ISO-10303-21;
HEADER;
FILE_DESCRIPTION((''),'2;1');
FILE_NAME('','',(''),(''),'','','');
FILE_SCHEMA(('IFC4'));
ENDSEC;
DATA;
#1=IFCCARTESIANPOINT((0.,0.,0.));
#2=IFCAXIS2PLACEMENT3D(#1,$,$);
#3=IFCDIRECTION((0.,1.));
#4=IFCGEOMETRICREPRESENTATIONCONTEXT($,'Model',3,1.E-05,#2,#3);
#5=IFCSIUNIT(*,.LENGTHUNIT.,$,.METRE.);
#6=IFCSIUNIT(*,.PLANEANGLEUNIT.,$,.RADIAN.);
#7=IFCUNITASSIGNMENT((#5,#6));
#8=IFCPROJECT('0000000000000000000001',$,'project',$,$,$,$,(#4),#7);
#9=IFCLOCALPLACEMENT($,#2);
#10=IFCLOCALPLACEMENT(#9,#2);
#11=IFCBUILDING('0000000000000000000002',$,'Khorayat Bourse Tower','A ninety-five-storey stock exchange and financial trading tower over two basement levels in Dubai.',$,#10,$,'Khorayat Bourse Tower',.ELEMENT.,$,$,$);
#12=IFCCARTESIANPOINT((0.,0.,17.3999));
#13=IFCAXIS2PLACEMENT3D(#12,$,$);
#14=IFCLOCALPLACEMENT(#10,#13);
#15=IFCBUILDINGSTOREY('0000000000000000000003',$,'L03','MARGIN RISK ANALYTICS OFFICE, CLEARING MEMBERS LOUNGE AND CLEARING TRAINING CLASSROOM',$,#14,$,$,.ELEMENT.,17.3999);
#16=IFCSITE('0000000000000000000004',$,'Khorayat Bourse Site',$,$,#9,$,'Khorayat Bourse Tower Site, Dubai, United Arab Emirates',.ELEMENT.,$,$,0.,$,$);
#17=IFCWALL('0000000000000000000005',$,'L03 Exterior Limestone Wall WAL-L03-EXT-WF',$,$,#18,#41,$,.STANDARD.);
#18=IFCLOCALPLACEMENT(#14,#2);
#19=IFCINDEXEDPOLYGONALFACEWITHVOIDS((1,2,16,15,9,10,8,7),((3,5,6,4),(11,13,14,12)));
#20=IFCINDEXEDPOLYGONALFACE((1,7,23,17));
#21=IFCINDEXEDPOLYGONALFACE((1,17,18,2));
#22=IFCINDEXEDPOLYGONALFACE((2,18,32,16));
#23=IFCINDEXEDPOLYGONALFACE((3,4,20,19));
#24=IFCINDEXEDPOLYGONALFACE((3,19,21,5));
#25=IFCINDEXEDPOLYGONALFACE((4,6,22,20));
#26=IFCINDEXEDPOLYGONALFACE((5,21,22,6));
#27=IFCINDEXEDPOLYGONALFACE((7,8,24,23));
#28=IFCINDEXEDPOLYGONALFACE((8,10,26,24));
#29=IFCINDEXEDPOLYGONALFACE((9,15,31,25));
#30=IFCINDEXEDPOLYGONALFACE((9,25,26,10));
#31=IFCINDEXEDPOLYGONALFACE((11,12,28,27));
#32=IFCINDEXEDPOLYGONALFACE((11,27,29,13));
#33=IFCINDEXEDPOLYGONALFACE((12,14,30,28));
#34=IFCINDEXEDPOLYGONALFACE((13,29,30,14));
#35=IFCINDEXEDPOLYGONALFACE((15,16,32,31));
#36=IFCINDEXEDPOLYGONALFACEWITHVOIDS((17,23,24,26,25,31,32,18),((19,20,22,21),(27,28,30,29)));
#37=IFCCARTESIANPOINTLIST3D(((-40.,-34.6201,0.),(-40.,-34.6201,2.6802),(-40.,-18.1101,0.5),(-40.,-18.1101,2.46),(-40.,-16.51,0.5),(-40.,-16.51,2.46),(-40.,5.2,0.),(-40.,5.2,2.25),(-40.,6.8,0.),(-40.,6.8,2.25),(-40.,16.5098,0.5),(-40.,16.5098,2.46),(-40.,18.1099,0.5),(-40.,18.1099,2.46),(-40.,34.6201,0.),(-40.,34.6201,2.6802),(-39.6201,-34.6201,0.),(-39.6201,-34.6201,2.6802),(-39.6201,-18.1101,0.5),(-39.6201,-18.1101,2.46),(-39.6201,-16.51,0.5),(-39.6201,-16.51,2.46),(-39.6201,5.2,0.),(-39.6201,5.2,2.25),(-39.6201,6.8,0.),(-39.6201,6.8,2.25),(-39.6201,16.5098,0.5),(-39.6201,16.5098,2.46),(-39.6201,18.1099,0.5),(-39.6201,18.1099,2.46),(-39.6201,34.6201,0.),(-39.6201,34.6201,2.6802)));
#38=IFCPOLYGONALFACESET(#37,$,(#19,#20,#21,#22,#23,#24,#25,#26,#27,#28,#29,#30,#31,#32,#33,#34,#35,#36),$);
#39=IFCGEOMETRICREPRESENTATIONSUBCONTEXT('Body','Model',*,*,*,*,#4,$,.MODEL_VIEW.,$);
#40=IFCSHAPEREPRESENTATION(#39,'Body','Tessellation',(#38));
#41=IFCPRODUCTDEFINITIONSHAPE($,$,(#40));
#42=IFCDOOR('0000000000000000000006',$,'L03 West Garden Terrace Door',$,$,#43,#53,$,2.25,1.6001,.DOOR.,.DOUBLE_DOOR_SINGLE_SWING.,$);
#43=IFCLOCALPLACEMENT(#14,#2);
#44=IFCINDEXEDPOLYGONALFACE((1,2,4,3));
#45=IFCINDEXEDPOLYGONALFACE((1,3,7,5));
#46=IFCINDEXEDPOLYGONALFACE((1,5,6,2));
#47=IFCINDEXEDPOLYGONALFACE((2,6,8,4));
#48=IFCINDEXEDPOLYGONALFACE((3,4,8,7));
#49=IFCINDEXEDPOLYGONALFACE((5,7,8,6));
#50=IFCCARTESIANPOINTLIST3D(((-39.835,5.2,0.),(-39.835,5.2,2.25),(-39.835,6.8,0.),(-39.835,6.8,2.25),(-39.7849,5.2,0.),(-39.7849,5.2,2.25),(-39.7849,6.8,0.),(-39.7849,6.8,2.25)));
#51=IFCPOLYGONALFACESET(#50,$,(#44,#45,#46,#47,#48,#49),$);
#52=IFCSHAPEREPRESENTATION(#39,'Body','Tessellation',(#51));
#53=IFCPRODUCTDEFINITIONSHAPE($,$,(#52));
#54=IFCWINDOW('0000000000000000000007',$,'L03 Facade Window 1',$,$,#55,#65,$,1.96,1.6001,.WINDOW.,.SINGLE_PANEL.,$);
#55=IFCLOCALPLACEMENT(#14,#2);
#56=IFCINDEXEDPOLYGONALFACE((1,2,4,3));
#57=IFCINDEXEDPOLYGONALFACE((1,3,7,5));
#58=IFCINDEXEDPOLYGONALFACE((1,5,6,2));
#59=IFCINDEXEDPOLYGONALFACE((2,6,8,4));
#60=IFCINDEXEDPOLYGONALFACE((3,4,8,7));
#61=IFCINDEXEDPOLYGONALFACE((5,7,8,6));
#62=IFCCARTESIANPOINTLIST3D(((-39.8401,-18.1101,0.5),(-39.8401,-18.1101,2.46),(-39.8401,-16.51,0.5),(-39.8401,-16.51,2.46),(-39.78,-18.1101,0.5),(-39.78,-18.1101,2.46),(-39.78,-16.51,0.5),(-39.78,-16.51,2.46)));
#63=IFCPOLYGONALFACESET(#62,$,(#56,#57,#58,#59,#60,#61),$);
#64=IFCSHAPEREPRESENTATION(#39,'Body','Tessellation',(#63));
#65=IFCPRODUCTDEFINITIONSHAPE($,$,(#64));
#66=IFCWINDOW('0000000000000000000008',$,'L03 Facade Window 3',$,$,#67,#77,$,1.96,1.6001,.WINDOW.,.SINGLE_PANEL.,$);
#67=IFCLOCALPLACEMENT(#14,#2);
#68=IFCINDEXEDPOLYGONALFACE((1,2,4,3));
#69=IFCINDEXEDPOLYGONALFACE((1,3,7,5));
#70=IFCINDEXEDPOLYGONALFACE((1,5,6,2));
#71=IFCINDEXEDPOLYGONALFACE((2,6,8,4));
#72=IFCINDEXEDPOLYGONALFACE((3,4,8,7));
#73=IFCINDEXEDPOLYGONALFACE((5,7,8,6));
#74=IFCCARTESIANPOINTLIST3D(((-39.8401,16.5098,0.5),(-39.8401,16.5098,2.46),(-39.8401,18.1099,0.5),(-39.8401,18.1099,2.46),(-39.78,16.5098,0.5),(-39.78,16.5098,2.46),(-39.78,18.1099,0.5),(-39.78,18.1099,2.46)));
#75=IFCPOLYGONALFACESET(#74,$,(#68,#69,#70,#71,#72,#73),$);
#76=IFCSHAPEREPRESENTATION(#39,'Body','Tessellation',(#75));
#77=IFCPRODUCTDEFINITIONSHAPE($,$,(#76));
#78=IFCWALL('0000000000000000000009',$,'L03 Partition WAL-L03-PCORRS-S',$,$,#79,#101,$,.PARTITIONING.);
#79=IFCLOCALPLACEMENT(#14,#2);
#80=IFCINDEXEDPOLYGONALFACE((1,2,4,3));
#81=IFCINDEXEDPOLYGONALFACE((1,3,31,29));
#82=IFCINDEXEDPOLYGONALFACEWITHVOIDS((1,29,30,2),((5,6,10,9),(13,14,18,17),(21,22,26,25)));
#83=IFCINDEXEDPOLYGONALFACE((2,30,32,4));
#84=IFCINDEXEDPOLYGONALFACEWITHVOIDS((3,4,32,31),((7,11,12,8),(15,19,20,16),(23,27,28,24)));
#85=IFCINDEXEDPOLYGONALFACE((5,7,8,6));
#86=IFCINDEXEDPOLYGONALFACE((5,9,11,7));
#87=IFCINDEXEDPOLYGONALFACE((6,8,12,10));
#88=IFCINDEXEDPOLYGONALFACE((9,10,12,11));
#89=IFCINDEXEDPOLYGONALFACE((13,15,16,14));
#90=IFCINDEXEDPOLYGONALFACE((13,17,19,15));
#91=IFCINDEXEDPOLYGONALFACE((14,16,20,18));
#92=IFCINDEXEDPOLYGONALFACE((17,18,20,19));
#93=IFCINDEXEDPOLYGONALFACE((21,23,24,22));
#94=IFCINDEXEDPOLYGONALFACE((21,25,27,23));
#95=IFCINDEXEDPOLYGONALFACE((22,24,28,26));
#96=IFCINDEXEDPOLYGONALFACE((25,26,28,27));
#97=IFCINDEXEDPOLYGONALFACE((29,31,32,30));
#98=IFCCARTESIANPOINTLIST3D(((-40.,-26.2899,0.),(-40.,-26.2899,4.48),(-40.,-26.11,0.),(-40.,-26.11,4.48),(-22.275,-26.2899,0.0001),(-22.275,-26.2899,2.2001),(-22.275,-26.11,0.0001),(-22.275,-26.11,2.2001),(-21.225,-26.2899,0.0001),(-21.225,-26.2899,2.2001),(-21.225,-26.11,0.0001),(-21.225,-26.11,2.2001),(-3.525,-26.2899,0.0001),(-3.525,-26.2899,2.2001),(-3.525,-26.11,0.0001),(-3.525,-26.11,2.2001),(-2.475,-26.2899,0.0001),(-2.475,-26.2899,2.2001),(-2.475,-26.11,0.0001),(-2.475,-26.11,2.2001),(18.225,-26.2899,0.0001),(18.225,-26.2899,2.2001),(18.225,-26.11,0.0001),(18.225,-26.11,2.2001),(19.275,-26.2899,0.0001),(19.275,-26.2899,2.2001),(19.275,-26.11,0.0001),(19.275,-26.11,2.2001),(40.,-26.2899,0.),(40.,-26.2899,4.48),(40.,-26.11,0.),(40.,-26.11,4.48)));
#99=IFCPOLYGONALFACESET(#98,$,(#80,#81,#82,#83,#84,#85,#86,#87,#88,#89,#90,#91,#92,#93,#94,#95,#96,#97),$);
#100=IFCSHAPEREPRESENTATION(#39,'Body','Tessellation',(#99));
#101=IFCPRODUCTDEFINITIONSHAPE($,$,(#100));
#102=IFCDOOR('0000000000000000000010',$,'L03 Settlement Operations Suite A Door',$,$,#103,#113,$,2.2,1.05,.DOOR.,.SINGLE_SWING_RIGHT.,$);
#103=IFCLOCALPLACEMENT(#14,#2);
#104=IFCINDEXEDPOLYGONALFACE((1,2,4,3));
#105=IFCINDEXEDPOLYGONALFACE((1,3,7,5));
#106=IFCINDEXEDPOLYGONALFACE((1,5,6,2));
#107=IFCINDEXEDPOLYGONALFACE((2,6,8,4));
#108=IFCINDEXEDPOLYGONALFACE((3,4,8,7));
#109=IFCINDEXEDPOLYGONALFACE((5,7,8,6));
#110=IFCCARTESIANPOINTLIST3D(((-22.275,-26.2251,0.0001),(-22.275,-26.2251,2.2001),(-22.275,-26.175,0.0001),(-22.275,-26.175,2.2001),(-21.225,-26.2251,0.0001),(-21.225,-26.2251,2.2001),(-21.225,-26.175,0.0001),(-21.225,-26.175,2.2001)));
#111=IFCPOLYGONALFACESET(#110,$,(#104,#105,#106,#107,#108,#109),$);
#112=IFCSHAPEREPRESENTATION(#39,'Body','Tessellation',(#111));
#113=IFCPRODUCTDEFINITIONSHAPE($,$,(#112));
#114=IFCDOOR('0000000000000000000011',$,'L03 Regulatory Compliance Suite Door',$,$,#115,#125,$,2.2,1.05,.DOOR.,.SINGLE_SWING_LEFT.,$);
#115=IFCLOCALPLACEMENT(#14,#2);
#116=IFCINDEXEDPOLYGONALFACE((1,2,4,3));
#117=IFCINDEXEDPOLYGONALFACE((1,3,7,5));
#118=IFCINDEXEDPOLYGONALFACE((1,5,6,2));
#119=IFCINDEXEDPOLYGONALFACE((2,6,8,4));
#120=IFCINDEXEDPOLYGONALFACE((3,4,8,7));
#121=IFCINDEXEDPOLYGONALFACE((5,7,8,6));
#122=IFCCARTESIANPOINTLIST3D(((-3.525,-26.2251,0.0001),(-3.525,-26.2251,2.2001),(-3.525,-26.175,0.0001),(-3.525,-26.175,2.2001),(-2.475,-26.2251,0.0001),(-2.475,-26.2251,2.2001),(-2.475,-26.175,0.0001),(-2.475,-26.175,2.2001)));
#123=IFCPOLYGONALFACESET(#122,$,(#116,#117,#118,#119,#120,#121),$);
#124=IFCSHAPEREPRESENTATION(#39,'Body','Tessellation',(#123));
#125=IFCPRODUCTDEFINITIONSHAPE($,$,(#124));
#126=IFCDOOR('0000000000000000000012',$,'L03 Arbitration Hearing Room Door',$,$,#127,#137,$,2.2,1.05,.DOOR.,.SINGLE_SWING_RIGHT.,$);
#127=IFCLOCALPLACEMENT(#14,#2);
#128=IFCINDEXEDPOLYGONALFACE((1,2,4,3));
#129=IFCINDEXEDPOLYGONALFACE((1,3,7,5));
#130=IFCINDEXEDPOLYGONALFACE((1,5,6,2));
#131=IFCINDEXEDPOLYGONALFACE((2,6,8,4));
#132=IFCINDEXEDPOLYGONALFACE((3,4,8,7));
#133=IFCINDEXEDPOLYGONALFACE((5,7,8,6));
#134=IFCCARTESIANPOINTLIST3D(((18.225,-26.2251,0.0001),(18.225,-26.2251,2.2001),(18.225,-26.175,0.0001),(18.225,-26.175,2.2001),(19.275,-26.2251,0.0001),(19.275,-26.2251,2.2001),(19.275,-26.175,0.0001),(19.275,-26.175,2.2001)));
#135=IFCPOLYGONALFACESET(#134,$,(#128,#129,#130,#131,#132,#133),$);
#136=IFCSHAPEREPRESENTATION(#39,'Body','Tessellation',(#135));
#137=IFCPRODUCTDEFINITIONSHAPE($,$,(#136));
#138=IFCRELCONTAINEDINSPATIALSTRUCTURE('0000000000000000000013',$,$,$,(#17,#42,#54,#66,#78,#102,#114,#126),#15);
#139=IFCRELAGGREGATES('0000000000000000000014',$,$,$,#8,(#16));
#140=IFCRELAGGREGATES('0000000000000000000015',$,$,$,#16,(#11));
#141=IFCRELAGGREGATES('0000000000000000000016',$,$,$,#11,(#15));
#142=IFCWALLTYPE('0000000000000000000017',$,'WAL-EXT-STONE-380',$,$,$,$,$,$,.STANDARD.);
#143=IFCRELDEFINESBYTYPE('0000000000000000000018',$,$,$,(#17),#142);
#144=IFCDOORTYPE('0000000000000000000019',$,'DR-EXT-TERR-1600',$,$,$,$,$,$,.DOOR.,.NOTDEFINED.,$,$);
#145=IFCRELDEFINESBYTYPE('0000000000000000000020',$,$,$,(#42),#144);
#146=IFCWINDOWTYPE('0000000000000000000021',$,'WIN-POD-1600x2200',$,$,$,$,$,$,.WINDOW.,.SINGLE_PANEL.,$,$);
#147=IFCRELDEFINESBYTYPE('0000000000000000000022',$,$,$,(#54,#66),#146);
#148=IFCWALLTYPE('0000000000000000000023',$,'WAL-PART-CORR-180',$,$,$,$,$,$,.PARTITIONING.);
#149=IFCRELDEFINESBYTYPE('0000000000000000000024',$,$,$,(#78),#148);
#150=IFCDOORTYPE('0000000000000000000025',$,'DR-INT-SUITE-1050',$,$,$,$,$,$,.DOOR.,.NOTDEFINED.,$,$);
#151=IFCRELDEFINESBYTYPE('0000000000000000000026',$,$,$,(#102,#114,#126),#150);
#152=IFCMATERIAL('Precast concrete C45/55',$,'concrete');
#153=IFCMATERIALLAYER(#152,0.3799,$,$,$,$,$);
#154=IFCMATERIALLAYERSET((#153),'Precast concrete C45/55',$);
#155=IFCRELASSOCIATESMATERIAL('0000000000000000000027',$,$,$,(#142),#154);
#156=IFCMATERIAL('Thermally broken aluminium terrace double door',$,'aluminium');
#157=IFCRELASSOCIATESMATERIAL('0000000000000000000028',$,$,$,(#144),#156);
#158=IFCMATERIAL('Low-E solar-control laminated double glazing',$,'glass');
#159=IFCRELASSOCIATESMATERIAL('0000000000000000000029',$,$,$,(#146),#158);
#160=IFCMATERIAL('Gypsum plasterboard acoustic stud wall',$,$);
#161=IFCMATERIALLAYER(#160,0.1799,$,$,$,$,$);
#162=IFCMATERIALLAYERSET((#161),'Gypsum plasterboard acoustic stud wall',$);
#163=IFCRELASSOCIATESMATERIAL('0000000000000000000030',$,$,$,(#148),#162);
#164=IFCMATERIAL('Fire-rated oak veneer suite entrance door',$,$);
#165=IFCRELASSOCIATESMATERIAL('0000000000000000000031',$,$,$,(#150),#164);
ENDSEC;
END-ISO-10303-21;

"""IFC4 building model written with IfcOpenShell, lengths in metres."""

from ifc_helpers import new_model, si_unit, direction, frame, frame_2d, origin, place, context, subcontext, project, spatial, rectangle, extrude, source, transform, mapped, material, layer, layer_set, type_object, element, fill, save


model = new_model("IFC4")

# Units and contexts
model_context = context("Model", 3, precision=1e-05, world=origin(), true_north=direction((0.0, 1.0)))
body_context = subcontext(model_context, "Body", "Model", "MODEL_VIEW")
ifc_project = project(units=[si_unit("LENGTHUNIT", "METRE"), si_unit("PLANEANGLEUNIT", "RADIAN")], contexts=[model_context])

# Site, building, storey
site_placement = place(None, origin())
site = spatial("IfcSite", under=ifc_project, at=site_placement, Name="Khorayat Bourse Site", LongName="Khorayat Bourse Tower Site, Dubai, United Arab Emirates", CompositionType="ELEMENT", RefElevation=0.0)
building_placement = place(site_placement, origin())
building = spatial("IfcBuilding", under=site, at=building_placement, Name="Khorayat Bourse Tower", Description="A ninety-five-storey stock exchange and financial trading tower over two basement levels in Dubai.", LongName="Khorayat Bourse Tower", CompositionType="ELEMENT")
storey_placement = place(building_placement, frame((0.0, 0.0, 17.3999)))
storey = spatial("IfcBuildingStorey", under=building, at=storey_placement, Name="L03", Description="MARGIN RISK ANALYTICS OFFICE, CLEARING MEMBERS LOUNGE AND CLEARING TRAINING CLASSROOM", CompositionType="ELEMENT", Elevation=17.3999)

# Shared definitions
ifc_material_1 = material(Name="Precast concrete C45/55", Category="concrete")
ifc_layer_1 = layer(ifc_material_1, 0.3799)
ifc_layer_set_1 = layer_set([ifc_layer_1], Name="Precast concrete C45/55")
wall_type_1 = type_object("IfcWallType", Name="WAL-EXT-STONE-380", PredefinedType="STANDARD", material=ifc_layer_set_1)
shared_shape_1 = source(origin(), body_context, "Body", "SweptSolid", [
    extrude(rectangle(XDim=1.6001, YDim=2.25, at=frame_2d((0.8, 1.125))), frame((0.0, 0.2, 0.0), z_axis=(0.0, -1.0, 0.0), x_axis=(1.0, 0.0, 0.0)), (0.0, 0.0, 1.0), 0.3999),
])
shared_shape_2 = source(origin(), body_context, "Body", "SweptSolid", [
    extrude(rectangle(XDim=1.6001, YDim=1.96, at=frame_2d((0.8, 0.98))), frame((0.0, 0.2, 0.0), z_axis=(0.0, -1.0, 0.0), x_axis=(1.0, 0.0, 0.0)), (0.0, 0.0, 1.0), 0.3999),
])
ifc_material_2 = material(Name="Thermally broken aluminium terrace double door", Category="aluminium")
door_type_1 = type_object("IfcDoorType", Name="DR-EXT-TERR-1600", OperationType="NOTDEFINED", PredefinedType="DOOR", material=ifc_material_2)
shared_shape_3 = source(origin(), body_context, "Body", "SweptSolid", [
    extrude(rectangle(XDim=1.6001, YDim=2.25, at=frame_2d((0.8, 1.125))), frame((0.0, 0.0249, 0.0), z_axis=(0.0, -1.0, 0.0), x_axis=(1.0, 0.0, 0.0)), (0.0, 0.0, 1.0), 0.05),
])
ifc_material_3 = material(Name="Low-E solar-control laminated double glazing", Category="glass")
window_type = type_object("IfcWindowType", Name="WIN-POD-1600x2200", PartitioningType="SINGLE_PANEL", PredefinedType="WINDOW", material=ifc_material_3)
shared_shape_4 = source(origin(), body_context, "Body", "SweptSolid", [
    extrude(rectangle(XDim=1.6001, YDim=1.96, at=frame_2d((0.8, 0.98))), frame((0.0, 0.03, 0.0), z_axis=(0.0, -1.0, 0.0), x_axis=(1.0, 0.0, 0.0)), (0.0, 0.0, 1.0), 0.0601),
])

# Wall, openings, door, windows
shared_shape_5 = source(origin(), body_context, "Body", "SweptSolid", [
    extrude(rectangle(XDim=69.2402, YDim=0.3799, at=frame_2d((34.6201, 0.0))), origin(), (0.0, 0.0, 1.0), 2.6802),
])
wall_1_placement = place(storey_placement, frame((-39.8101, -34.6201, 0.0), z_axis=(0.0, 0.0, 1.0), x_axis=(0.0, 1.0, 0.0)))
wall_1 = element("IfcWall", 1, at=wall_1_placement, inside=storey, type_object=wall_type_1, Name="L03 Exterior Limestone Wall WAL-L03-EXT-WF", PredefinedType="STANDARD", context=body_context, shape_type="MappedRepresentation", body=[
    mapped(shared_shape_5, transform((0.0, 0.0, 0.0), scale=1.0)),
])
opening_1_placement = place(wall_1_placement, frame((39.8201, 0.0, 0.0)))
opening_1 = element("IfcOpeningElement", 2, at=opening_1_placement, cuts=wall_1, PredefinedType="OPENING", context=body_context, shape_type="MappedRepresentation", body=[
    mapped(shared_shape_1, transform((0.0, 0.0, 0.0), scale=1.0)),
])
opening_2_placement = place(wall_1_placement, frame((16.51, 0.0, 0.5)))
opening_2 = element("IfcOpeningElement", 3, at=opening_2_placement, cuts=wall_1, PredefinedType="OPENING", context=body_context, shape_type="MappedRepresentation", body=[
    mapped(shared_shape_2, transform((0.0, 0.0, 0.0), scale=1.0)),
])
opening_3_placement = place(wall_1_placement, frame((51.1299, 0.0, 0.5)))
opening_3 = element("IfcOpeningElement", 4, at=opening_3_placement, cuts=wall_1, PredefinedType="OPENING", context=body_context, shape_type="MappedRepresentation", body=[
    mapped(shared_shape_2, transform((0.0, 0.0, 0.0), scale=1.0)),
])
door_1_placement = place(opening_1_placement, origin())
door_1 = element("IfcDoor", 5, at=door_1_placement, inside=storey, type_object=door_type_1, Name="L03 West Garden Terrace Door", OperationType="DOUBLE_DOOR_SINGLE_SWING", OverallHeight=2.25, OverallWidth=1.6001, PredefinedType="DOOR", context=body_context, shape_type="MappedRepresentation", body=[
    mapped(shared_shape_3, transform((0.0, 0.0, 0.0), scale=1.0)),
])
fill(opening_1, door_1)
window_1_placement = place(opening_2_placement, origin())
window_1 = element("IfcWindow", 6, at=window_1_placement, inside=storey, type_object=window_type, Name="L03 Facade Window 1", OverallHeight=1.96, OverallWidth=1.6001, PartitioningType="SINGLE_PANEL", PredefinedType="WINDOW", context=body_context, shape_type="MappedRepresentation", body=[
    mapped(shared_shape_4, transform((0.0, 0.0, 0.0), scale=1.0)),
])
fill(opening_2, window_1)
window_2_placement = place(opening_3_placement, origin())
window_2 = element("IfcWindow", 7, at=window_2_placement, inside=storey, type_object=window_type, Name="L03 Facade Window 3", OverallHeight=1.96, OverallWidth=1.6001, PartitioningType="SINGLE_PANEL", PredefinedType="WINDOW", context=body_context, shape_type="MappedRepresentation", body=[
    mapped(shared_shape_4, transform((0.0, 0.0, 0.0), scale=1.0)),
])
fill(opening_3, window_2)

# Wall, openings, doors
ifc_material_4 = material(Name="Gypsum plasterboard acoustic stud wall")
ifc_layer_2 = layer(ifc_material_4, 0.1799)
ifc_layer_set_2 = layer_set([ifc_layer_2], Name="Gypsum plasterboard acoustic stud wall")
wall_type_2 = type_object("IfcWallType", Name="WAL-PART-CORR-180", PredefinedType="PARTITIONING", material=ifc_layer_set_2)
shared_shape_6 = source(origin(), body_context, "Body", "SweptSolid", [
    extrude(rectangle(XDim=80.0, YDim=0.1799, at=frame_2d((40.0, 0.0))), origin(), (0.0, 0.0, 1.0), 4.48),
])
wall_2_placement = place(storey_placement, frame((-40.0, -26.2, 0.0), z_axis=(0.0, 0.0, 1.0), x_axis=(1.0, 0.0, 0.0)))
wall_2 = element("IfcWall", 8, at=wall_2_placement, inside=storey, type_object=wall_type_2, Name="L03 Partition WAL-L03-PCORRS-S", PredefinedType="PARTITIONING", context=body_context, shape_type="MappedRepresentation", body=[
    mapped(shared_shape_6, transform((0.0, 0.0, 0.0), scale=1.0)),
])
shared_shape_7 = source(origin(), body_context, "Body", "SweptSolid", [
    extrude(rectangle(XDim=1.05, YDim=2.2, at=frame_2d((0.5249, 1.1001))), frame((0.0, 0.0999, 0.0), z_axis=(0.0, -1.0, 0.0), x_axis=(1.0, 0.0, 0.0)), (0.0, 0.0, 1.0), 0.2),
])
opening_4_placement = place(wall_2_placement, frame((17.7251, 0.0, 0.0)))
opening_4 = element("IfcOpeningElement", 9, at=opening_4_placement, cuts=wall_2, PredefinedType="OPENING", context=body_context, shape_type="MappedRepresentation", body=[
    mapped(shared_shape_7, transform((0.0, 0.0, 0.0), scale=1.0)),
])
opening_5_placement = place(wall_2_placement, frame((36.4751, 0.0, 0.0)))
opening_5 = element("IfcOpeningElement", 10, at=opening_5_placement, cuts=wall_2, PredefinedType="OPENING", context=body_context, shape_type="MappedRepresentation", body=[
    mapped(shared_shape_7, transform((0.0, 0.0, 0.0), scale=1.0)),
])
opening_6_placement = place(wall_2_placement, frame((58.2251, 0.0, 0.0)))
opening_6 = element("IfcOpeningElement", 11, at=opening_6_placement, cuts=wall_2, PredefinedType="OPENING", context=body_context, shape_type="MappedRepresentation", body=[
    mapped(shared_shape_7, transform((0.0, 0.0, 0.0), scale=1.0)),
])
ifc_material_5 = material(Name="Fire-rated oak veneer suite entrance door")
door_type_2 = type_object("IfcDoorType", Name="DR-INT-SUITE-1050", OperationType="NOTDEFINED", PredefinedType="DOOR", material=ifc_material_5)
shared_shape_8 = source(origin(), body_context, "Body", "SweptSolid", [
    extrude(rectangle(XDim=1.05, YDim=2.2, at=frame_2d((0.5249, 1.1001))), frame((0.0, 0.0249, 0.0), z_axis=(0.0, -1.0, 0.0), x_axis=(1.0, 0.0, 0.0)), (0.0, 0.0, 1.0), 0.05),
])
door_2_placement = place(opening_4_placement, origin())
door_2 = element("IfcDoor", 12, at=door_2_placement, inside=storey, type_object=door_type_2, Name="L03 Settlement Operations Suite A Door", OperationType="SINGLE_SWING_RIGHT", OverallHeight=2.2, OverallWidth=1.05, PredefinedType="DOOR", context=body_context, shape_type="MappedRepresentation", body=[
    mapped(shared_shape_8, transform((0.0, 0.0, 0.0), scale=1.0)),
])
fill(opening_4, door_2)
door_3_placement = place(opening_5_placement, origin())
door_3 = element("IfcDoor", 13, at=door_3_placement, inside=storey, type_object=door_type_2, Name="L03 Regulatory Compliance Suite Door", OperationType="SINGLE_SWING_LEFT", OverallHeight=2.2, OverallWidth=1.05, PredefinedType="DOOR", context=body_context, shape_type="MappedRepresentation", body=[
    mapped(shared_shape_8, transform((0.0, 0.0, 0.0), scale=1.0)),
])
fill(opening_5, door_3)
door_4_placement = place(opening_6_placement, origin())
door_4 = element("IfcDoor", 14, at=door_4_placement, inside=storey, type_object=door_type_2, Name="L03 Arbitration Hearing Room Door", OperationType="SINGLE_SWING_RIGHT", OverallHeight=2.2, OverallWidth=1.05, PredefinedType="DOOR", context=body_context, shape_type="MappedRepresentation", body=[
    mapped(shared_shape_8, transform((0.0, 0.0, 0.0), scale=1.0)),
])
fill(opening_6, door_4)

save(model, "model.ifc")
